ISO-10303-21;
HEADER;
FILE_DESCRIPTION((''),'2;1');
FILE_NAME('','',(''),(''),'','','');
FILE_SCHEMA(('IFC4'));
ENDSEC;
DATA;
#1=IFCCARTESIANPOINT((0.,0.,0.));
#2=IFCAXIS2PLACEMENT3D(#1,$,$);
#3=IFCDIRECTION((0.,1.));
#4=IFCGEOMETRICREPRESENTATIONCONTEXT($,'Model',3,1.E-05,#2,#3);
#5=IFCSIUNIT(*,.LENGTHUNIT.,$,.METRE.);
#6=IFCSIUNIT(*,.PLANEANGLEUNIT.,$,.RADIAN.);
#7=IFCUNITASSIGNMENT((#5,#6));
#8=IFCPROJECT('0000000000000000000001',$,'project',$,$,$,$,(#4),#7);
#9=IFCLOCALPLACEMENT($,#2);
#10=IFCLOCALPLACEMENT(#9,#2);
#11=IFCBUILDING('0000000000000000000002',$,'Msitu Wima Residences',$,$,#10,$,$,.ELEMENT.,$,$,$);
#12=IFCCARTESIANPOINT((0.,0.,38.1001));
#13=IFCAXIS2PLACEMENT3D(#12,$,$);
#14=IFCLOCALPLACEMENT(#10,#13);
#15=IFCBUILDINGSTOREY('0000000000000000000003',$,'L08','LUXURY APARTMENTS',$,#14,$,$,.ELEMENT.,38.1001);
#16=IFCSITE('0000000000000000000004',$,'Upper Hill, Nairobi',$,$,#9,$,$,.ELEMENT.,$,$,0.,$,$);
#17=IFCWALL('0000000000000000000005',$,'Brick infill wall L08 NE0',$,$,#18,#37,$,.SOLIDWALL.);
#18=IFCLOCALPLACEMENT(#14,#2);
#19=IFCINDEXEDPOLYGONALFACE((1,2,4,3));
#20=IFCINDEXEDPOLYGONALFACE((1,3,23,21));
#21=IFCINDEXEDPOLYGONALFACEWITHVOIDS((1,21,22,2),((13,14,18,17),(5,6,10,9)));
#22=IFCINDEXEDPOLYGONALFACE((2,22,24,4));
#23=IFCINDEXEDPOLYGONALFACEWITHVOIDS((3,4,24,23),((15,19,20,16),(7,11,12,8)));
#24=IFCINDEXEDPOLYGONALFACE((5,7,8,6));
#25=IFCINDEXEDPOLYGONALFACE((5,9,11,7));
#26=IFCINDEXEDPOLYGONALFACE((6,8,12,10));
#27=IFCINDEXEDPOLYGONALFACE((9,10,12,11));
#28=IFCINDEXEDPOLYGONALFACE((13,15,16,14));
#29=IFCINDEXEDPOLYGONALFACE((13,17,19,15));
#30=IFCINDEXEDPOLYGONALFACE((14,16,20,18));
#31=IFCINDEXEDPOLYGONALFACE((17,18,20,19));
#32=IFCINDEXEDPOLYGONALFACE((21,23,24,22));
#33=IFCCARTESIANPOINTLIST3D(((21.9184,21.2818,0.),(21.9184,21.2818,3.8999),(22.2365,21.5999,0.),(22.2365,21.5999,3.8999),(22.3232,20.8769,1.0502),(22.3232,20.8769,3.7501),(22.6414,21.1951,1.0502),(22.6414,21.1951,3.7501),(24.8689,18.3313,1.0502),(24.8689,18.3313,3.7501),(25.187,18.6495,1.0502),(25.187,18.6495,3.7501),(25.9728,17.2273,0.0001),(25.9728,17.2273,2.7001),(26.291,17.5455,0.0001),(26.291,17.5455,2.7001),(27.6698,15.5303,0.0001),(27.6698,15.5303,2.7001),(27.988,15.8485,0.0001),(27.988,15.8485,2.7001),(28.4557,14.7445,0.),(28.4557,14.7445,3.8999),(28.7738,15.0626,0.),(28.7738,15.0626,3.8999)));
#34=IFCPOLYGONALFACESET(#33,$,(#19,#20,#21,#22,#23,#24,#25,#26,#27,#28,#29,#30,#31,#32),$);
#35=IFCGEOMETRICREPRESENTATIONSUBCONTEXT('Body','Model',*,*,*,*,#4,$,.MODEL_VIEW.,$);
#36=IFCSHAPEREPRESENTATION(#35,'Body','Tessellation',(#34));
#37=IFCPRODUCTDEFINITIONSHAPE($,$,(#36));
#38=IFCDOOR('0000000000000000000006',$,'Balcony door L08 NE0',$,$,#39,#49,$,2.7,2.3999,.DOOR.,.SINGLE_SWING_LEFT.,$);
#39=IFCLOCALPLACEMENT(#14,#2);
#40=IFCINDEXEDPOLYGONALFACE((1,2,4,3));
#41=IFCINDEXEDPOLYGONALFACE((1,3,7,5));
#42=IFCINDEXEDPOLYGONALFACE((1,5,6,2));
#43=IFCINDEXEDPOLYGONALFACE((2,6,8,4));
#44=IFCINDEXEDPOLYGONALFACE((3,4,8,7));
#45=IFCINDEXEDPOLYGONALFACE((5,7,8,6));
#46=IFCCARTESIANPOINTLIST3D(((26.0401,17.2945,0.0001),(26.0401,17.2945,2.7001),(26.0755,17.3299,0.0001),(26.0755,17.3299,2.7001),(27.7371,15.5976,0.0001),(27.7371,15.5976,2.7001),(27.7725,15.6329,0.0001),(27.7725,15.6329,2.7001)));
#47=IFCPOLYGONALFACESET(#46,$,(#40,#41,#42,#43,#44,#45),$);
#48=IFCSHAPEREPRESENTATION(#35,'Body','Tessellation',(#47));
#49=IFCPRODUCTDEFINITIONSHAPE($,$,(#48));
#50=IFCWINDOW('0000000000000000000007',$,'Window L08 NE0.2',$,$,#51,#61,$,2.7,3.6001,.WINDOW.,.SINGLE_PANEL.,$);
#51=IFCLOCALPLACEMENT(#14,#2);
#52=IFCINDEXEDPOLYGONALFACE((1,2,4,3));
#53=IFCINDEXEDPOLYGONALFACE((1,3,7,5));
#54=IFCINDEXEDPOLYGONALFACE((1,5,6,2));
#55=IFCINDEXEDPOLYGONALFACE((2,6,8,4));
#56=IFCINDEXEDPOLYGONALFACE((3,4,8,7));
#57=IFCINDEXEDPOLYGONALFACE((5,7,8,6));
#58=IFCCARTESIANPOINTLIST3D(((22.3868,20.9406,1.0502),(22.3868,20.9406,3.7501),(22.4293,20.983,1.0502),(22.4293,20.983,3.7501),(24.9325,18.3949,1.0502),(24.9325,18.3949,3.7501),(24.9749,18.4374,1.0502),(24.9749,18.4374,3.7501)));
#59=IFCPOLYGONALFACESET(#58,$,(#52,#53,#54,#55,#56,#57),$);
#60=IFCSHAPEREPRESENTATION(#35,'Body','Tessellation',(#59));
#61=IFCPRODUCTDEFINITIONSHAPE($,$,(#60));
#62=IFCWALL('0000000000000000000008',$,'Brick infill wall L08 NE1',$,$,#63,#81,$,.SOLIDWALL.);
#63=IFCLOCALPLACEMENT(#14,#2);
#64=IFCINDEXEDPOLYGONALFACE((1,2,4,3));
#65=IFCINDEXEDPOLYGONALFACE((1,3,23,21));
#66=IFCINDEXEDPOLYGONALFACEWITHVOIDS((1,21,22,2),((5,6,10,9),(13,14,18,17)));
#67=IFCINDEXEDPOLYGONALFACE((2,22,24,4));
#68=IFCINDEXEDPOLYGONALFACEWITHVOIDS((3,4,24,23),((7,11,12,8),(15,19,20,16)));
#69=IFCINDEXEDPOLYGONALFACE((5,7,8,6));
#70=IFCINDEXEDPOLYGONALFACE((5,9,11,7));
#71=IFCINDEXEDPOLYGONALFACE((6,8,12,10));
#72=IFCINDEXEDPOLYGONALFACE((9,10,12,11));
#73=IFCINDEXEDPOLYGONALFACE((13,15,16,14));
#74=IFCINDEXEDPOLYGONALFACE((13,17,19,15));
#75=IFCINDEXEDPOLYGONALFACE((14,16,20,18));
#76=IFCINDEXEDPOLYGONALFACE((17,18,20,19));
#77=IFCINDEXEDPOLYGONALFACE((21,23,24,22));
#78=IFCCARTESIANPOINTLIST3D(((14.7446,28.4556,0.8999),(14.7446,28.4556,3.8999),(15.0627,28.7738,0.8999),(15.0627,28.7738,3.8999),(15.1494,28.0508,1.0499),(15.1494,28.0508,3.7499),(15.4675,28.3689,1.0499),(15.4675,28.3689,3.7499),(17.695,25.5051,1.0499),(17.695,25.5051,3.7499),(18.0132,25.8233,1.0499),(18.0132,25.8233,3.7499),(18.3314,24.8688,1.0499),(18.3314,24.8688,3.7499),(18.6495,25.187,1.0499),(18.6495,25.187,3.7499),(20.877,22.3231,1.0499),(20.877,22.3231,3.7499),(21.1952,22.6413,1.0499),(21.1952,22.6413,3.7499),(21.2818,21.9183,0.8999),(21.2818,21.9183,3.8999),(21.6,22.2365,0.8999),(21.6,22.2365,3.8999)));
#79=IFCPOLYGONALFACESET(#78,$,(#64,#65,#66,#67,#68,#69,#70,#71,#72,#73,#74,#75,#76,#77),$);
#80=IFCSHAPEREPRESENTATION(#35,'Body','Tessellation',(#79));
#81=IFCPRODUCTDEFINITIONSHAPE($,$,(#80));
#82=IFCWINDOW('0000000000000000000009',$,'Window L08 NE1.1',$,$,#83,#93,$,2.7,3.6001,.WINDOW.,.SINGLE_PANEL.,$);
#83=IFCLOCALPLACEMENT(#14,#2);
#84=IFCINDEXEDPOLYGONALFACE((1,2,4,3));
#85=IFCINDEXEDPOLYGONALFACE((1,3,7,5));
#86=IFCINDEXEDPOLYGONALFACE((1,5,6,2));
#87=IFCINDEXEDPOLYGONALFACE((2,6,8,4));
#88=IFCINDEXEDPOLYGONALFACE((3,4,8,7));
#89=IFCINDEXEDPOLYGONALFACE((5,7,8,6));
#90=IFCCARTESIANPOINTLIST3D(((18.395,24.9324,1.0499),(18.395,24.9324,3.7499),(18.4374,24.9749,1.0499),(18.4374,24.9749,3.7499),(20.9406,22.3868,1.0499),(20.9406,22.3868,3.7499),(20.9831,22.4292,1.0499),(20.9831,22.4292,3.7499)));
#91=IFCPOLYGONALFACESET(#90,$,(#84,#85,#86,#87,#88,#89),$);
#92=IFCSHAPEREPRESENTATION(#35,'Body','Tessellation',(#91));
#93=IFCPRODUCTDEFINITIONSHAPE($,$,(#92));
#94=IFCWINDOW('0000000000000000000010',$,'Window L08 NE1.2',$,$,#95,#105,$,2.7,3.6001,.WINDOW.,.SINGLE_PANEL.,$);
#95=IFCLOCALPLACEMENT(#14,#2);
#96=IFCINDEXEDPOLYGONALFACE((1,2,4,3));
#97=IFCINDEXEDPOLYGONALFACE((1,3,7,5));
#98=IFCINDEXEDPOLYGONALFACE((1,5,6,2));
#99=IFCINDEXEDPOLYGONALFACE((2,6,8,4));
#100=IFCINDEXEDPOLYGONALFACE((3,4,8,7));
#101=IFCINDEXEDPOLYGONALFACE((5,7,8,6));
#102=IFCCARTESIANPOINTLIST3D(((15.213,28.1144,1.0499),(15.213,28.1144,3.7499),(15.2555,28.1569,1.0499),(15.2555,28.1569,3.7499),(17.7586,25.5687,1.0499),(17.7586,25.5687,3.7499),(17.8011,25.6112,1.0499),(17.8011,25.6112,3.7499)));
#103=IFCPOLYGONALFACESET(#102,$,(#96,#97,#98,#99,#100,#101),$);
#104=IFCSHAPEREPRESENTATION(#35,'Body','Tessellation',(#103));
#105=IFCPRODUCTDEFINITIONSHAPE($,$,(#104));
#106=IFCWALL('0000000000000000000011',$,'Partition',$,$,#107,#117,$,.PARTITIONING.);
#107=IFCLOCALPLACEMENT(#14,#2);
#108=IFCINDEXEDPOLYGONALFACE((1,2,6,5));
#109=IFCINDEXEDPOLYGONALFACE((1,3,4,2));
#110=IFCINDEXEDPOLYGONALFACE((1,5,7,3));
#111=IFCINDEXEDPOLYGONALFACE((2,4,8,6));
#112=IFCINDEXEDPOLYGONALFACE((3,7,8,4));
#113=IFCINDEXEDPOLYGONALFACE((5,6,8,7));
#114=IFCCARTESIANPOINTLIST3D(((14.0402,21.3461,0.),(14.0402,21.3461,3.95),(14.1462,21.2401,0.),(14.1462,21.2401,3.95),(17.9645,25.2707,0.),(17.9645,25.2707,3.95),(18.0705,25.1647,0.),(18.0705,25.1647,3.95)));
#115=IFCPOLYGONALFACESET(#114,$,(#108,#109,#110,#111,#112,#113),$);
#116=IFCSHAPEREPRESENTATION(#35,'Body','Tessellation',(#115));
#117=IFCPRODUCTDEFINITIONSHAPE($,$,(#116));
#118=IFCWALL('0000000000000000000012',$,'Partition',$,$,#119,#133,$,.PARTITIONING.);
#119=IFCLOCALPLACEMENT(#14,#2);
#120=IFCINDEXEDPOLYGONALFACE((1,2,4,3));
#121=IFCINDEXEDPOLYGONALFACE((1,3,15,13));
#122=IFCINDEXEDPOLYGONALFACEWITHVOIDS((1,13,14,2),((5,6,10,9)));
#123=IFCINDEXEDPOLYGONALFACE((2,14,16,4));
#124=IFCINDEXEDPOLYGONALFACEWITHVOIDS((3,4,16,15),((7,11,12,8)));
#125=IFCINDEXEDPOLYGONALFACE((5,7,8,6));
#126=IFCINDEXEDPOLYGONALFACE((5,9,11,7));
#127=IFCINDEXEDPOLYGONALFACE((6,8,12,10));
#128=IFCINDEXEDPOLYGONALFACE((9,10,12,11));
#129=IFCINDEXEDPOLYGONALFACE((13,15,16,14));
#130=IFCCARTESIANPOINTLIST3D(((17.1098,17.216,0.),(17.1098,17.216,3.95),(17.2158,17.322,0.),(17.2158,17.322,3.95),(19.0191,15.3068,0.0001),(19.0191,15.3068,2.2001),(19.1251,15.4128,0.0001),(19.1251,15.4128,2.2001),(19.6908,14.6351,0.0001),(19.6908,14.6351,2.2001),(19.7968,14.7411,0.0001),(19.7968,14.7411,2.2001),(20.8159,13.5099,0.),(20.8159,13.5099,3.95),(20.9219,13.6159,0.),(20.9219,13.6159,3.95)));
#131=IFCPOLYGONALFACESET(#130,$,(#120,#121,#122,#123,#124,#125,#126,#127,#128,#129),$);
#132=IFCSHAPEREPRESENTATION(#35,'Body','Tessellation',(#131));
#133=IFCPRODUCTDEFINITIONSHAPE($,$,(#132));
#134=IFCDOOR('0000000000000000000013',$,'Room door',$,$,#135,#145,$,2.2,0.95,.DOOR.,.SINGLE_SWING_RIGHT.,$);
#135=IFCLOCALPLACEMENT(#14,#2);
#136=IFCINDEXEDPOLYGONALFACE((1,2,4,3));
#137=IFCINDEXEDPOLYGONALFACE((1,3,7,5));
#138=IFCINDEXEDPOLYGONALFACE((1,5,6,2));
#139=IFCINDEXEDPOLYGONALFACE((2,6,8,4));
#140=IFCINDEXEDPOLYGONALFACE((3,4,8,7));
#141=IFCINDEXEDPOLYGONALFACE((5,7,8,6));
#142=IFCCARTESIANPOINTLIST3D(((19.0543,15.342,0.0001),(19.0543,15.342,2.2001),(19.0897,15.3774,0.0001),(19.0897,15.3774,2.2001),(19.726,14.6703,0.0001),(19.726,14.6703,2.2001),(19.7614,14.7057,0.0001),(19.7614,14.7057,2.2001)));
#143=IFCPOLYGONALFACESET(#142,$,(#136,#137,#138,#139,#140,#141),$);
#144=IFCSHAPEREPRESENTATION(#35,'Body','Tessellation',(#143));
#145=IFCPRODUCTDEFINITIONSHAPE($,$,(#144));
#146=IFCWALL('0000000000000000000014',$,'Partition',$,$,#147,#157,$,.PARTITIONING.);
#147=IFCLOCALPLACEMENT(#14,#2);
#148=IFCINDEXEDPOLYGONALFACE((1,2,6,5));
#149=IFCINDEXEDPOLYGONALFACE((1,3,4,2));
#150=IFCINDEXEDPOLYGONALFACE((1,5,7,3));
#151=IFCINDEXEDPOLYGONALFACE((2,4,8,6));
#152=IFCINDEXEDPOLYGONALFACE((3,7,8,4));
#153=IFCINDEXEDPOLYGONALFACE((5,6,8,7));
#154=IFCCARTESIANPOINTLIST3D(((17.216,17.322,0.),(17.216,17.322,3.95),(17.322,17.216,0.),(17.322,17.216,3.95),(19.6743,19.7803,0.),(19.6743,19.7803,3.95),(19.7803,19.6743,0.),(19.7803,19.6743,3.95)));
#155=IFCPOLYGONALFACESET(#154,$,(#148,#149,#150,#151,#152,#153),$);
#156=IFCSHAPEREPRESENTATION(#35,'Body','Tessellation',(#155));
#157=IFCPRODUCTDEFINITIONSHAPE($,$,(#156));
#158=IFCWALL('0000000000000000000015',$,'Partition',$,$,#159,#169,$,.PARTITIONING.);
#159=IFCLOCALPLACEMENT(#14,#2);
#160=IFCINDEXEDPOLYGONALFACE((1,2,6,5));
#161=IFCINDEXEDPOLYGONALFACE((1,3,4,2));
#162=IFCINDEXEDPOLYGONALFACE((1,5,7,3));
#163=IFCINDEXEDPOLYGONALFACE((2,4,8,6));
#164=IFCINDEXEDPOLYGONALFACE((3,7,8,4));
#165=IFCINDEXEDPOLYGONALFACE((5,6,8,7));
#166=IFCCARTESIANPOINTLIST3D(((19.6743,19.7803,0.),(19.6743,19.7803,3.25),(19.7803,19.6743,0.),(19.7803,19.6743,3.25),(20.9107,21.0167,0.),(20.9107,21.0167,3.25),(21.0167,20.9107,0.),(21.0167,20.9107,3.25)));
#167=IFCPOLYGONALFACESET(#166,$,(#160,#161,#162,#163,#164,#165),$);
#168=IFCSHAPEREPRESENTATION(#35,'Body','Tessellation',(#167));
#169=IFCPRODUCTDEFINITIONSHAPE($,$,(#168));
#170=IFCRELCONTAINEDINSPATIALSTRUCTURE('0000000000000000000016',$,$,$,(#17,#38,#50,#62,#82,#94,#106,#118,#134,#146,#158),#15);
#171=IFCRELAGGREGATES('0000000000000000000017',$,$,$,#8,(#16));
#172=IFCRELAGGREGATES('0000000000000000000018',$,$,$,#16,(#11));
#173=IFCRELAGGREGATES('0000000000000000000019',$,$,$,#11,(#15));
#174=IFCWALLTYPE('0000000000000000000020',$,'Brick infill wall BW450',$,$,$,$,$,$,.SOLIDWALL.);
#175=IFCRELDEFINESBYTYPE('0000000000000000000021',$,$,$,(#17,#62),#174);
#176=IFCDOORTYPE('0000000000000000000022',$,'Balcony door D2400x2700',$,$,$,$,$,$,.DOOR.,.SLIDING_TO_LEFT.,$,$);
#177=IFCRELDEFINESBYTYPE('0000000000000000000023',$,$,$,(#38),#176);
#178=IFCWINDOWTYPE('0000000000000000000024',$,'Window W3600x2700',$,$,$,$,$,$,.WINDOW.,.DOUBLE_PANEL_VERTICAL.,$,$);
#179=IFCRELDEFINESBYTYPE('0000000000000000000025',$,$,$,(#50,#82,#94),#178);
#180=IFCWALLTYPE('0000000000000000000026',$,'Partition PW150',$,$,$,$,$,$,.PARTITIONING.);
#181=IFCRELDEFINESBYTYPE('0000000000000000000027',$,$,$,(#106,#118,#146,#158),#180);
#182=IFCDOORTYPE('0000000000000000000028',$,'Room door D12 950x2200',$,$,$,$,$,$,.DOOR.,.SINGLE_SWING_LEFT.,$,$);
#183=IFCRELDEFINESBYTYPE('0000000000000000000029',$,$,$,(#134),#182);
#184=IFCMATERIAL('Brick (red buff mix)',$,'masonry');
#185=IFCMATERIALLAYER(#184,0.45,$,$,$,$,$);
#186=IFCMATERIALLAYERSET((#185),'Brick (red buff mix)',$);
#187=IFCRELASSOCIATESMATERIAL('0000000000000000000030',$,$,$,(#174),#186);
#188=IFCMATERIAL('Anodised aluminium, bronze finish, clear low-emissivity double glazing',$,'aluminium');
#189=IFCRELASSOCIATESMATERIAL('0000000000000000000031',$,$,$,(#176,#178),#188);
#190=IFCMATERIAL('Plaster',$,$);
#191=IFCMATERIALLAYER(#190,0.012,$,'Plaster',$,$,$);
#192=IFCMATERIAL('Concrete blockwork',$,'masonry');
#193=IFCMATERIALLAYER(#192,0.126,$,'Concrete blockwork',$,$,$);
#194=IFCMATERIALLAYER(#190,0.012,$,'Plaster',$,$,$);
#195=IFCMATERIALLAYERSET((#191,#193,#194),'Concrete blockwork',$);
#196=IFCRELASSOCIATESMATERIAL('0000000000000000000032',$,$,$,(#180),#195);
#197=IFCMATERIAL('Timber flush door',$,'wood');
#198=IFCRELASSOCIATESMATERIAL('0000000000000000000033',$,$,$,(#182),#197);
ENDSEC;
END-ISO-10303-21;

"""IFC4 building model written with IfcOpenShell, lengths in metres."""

from ifc_helpers import new_model, si_unit, direction, frame, frame_2d, origin, place, context, subcontext, project, spatial, rectangle, extrude, material, layer, layer_set, type_object, element, fill, save


model = new_model("IFC4")

# Units and contexts
model_context = context("Model", 3, precision=1e-05, world=origin(), true_north=direction((0.0, 1.0)))
body_context = subcontext(model_context, "Body", "Model", "MODEL_VIEW")
ifc_project = project(units=[si_unit("LENGTHUNIT", "METRE"), si_unit("PLANEANGLEUNIT", "RADIAN")], contexts=[model_context])

# Site, building, storey
site_placement = place(None, origin())
site = spatial("IfcSite", under=ifc_project, at=site_placement, Name="Upper Hill, Nairobi", CompositionType="ELEMENT", RefElevation=0.0)
building_placement = place(site_placement, origin())
building = spatial("IfcBuilding", under=site, at=building_placement, Name="Msitu Wima Residences", CompositionType="ELEMENT")
storey_placement = place(building_placement, frame((0.0, 0.0, 38.1001)))
storey = spatial("IfcBuildingStorey", under=building, at=storey_placement, Name="L08", Description="LUXURY APARTMENTS", CompositionType="ELEMENT", Elevation=38.1001)

# Wall, openings, door, window
ifc_material_1 = material(Name="Brick (red buff mix)", Category="masonry")
ifc_layer_1 = layer(ifc_material_1, 0.45)
ifc_layer_set_1 = layer_set([ifc_layer_1], Name="Brick (red buff mix)")
wall_type_1 = type_object("IfcWallType", Name="Brick infill wall BW450", PredefinedType="SOLIDWALL", material=ifc_layer_set_1)
wall_1_placement = place(storey_placement, frame((28.6147, 14.9036, 0.0), z_axis=(0.0, 0.0, 1.0), x_axis=(-0.707107, 0.707107, 0.0)))
wall_1 = element("IfcWall", 1, at=wall_1_placement, inside=storey, type_object=wall_type_1, Name="Brick infill wall L08 NE0", PredefinedType="SOLIDWALL", context=body_context, shape_type="SweptSolid", body=[
    extrude(rectangle(XDim=9.2451, YDim=0.45, at=frame_2d((4.6226, 0.0))), origin(), (0.0, 0.0, 1.0), 3.8999),
])
opening_1_placement = place(wall_1_placement, frame((1.1113, 0.0, 0.0)))
opening_1 = element("IfcOpeningElement", 2, at=opening_1_placement, cuts=wall_1, PredefinedType="OPENING", context=body_context, shape_type="SweptSolid", body=[
    extrude(rectangle(XDim=2.3999, YDim=2.7, at=frame_2d((1.2, 1.3501))), frame((0.0, 0.2349, 0.0), z_axis=(0.0, -1.0, 0.0), x_axis=(1.0, 0.0, 0.0)), (0.0, 0.0, 1.0), 0.47),
])
opening_2_placement = place(wall_1_placement, frame((5.0725, 0.0, 1.05)))
opening_2 = element("IfcOpeningElement", 3, at=opening_2_placement, cuts=wall_1, PredefinedType="OPENING", context=body_context, shape_type="SweptSolid", body=[
    extrude(rectangle(XDim=3.6001, YDim=2.7, at=frame_2d((1.8, 1.3501))), frame((0.0, 0.2349, 0.0), z_axis=(0.0, -1.0, 0.0), x_axis=(1.0, 0.0, 0.0)), (0.0, 0.0, 1.0), 0.47),
])
ifc_material_2 = material(Name="Anodised aluminium, bronze finish, clear low-emissivity double glazing", Category="aluminium")
door_type_1 = type_object("IfcDoorType", Name="Balcony door D2400x2700", OperationType="SLIDING_TO_LEFT", PredefinedType="DOOR", material=ifc_material_2)
door_1_placement = place(opening_1_placement, origin())
door_1 = element("IfcDoor", 4, at=door_1_placement, inside=storey, type_object=door_type_1, Name="Balcony door L08 NE0", OperationType="SINGLE_SWING_LEFT", OverallHeight=2.7, OverallWidth=2.3999, PredefinedType="DOOR", context=body_context, shape_type="SweptSolid", body=[
    extrude(rectangle(XDim=2.3999, YDim=2.7, at=frame_2d((1.2, 1.3501))), frame((0.0, 0.1299, 0.0), z_axis=(0.0, -1.0, 0.0), x_axis=(1.0, 0.0, 0.0)), (0.0, 0.0, 1.0), 0.05),
])
fill(opening_1, door_1)
window_type = type_object("IfcWindowType", Name="Window W3600x2700", PartitioningType="DOUBLE_PANEL_VERTICAL", PredefinedType="WINDOW", material=ifc_material_2)
window_1_placement = place(opening_2_placement, origin())
window_1 = element("IfcWindow", 5, at=window_1_placement, inside=storey, type_object=window_type, Name="Window L08 NE0.2", OverallHeight=2.7, OverallWidth=3.6001, PartitioningType="SINGLE_PANEL", PredefinedType="WINDOW", context=body_context, shape_type="SweptSolid", body=[
    extrude(rectangle(XDim=3.6001, YDim=2.7, at=frame_2d((1.8, 1.3501))), frame((0.0, 0.135, 0.0), z_axis=(0.0, -1.0, 0.0), x_axis=(1.0, 0.0, 0.0)), (0.0, 0.0, 1.0), 0.0601),
])
fill(opening_2, window_1)

# Wall, openings, windows
wall_2_placement = place(storey_placement, frame((21.4409, 22.0774, 0.8999), z_axis=(0.0, 0.0, 1.0), x_axis=(-0.707107, 0.707107, 0.0)))
wall_2 = element("IfcWall", 6, at=wall_2_placement, inside=storey, type_object=wall_type_1, Name="Brick infill wall L08 NE1", PredefinedType="SOLIDWALL", context=body_context, shape_type="SweptSolid", body=[
    extrude(rectangle(XDim=9.2451, YDim=0.45, at=frame_2d((4.6226, 0.0))), origin(), (0.0, 0.0, 1.0), 3.0),
])
opening_3_placement = place(wall_2_placement, frame((0.5725, 0.0, 0.1499)))
opening_3 = element("IfcOpeningElement", 7, at=opening_3_placement, cuts=wall_2, PredefinedType="OPENING", context=body_context, shape_type="SweptSolid", body=[
    extrude(rectangle(XDim=3.6001, YDim=2.7, at=frame_2d((1.8, 1.3501))), frame((0.0, 0.2349, 0.0), z_axis=(0.0, -1.0, 0.0), x_axis=(1.0, 0.0, 0.0)), (0.0, 0.0, 1.0), 0.47),
])
opening_4_placement = place(wall_2_placement, frame((5.0725, 0.0, 0.1499)))
opening_4 = element("IfcOpeningElement", 8, at=opening_4_placement, cuts=wall_2, PredefinedType="OPENING", context=body_context, shape_type="SweptSolid", body=[
    extrude(rectangle(XDim=3.6001, YDim=2.7, at=frame_2d((1.8, 1.3501))), frame((0.0, 0.2349, 0.0), z_axis=(0.0, -1.0, 0.0), x_axis=(1.0, 0.0, 0.0)), (0.0, 0.0, 1.0), 0.47),
])
window_2_placement = place(opening_3_placement, origin())
window_2 = element("IfcWindow", 9, at=window_2_placement, inside=storey, type_object=window_type, Name="Window L08 NE1.1", OverallHeight=2.7, OverallWidth=3.6001, PartitioningType="SINGLE_PANEL", PredefinedType="WINDOW", context=body_context, shape_type="SweptSolid", body=[
    extrude(rectangle(XDim=3.6001, YDim=2.7, at=frame_2d((1.8, 1.3501))), frame((0.0, 0.135, 0.0), z_axis=(0.0, -1.0, 0.0), x_axis=(1.0, 0.0, 0.0)), (0.0, 0.0, 1.0), 0.0601),
])
fill(opening_3, window_2)
window_3_placement = place(opening_4_placement, origin())
window_3 = element("IfcWindow", 10, at=window_3_placement, inside=storey, type_object=window_type, Name="Window L08 NE1.2", OverallHeight=2.7, OverallWidth=3.6001, PartitioningType="SINGLE_PANEL", PredefinedType="WINDOW", context=body_context, shape_type="SweptSolid", body=[
    extrude(rectangle(XDim=3.6001, YDim=2.7, at=frame_2d((1.8, 1.3501))), frame((0.0, 0.135, 0.0), z_axis=(0.0, -1.0, 0.0), x_axis=(1.0, 0.0, 0.0)), (0.0, 0.0, 1.0), 0.0601),
])
fill(opening_4, window_3)

# Wall
ifc_material_3 = material(Name="Plaster")
ifc_layer_2 = layer(ifc_material_3, 0.012, Name="Plaster")
ifc_material_4 = material(Name="Concrete blockwork", Category="masonry")
ifc_layer_3 = layer(ifc_material_4, 0.126, Name="Concrete blockwork")
ifc_layer_4 = layer(ifc_material_3, 0.012, Name="Plaster")
ifc_layer_set_2 = layer_set([ifc_layer_2, ifc_layer_3, ifc_layer_4], Name="Concrete blockwork")
wall_type_2 = type_object("IfcWallType", Name="Partition PW150", PredefinedType="PARTITIONING", material=ifc_layer_set_2)
wall_3_placement = place(storey_placement, frame((14.0933, 21.2932, 0.0), z_axis=(0.0, 0.0, 1.0), x_axis=(0.707085, 0.707129, 0.0)))
element("IfcWall", 11, at=wall_3_placement, inside=storey, type_object=wall_type_2, Name="Partition", PredefinedType="PARTITIONING", context=body_context, shape_type="SweptSolid", body=[
    extrude(rectangle(XDim=5.55, YDim=0.1499, at=frame_2d((2.7749, 0.0))), origin(), (0.0, 0.0, 1.0), 3.95),
])

# Wall, opening, door
wall_4_placement = place(storey_placement, frame((17.1628, 17.269, 0.0), z_axis=(0.0, 0.0, 1.0), x_axis=(0.707107, -0.707107, 0.0)))
wall_4 = element("IfcWall", 12, at=wall_4_placement, inside=storey, type_object=wall_type_2, Name="Partition", PredefinedType="PARTITIONING", context=body_context, shape_type="SweptSolid", body=[
    extrude(rectangle(XDim=5.2412, YDim=0.1499, at=frame_2d((2.6206, 0.0))), origin(), (0.0, 0.0, 1.0), 3.95),
])
opening_5_placement = place(wall_4_placement, frame((2.7, 0.0, 0.0)))
opening_5 = element("IfcOpeningElement", 13, at=opening_5_placement, cuts=wall_4, PredefinedType="OPENING", context=body_context, shape_type="SweptSolid", body=[
    extrude(rectangle(XDim=0.95, YDim=2.2, at=frame_2d((0.4751, 1.1001))), frame((0.0, 0.085, 0.0), z_axis=(0.0, -1.0, 0.0), x_axis=(1.0, 0.0, 0.0)), (0.0, 0.0, 1.0), 0.1699),
])
ifc_material_5 = material(Name="Timber flush door", Category="wood")
door_type_2 = type_object("IfcDoorType", Name="Room door D12 950x2200", OperationType="SINGLE_SWING_LEFT", PredefinedType="DOOR", material=ifc_material_5)
door_2_placement = place(opening_5_placement, origin())
door_2 = element("IfcDoor", 14, at=door_2_placement, inside=storey, type_object=door_type_2, Name="Room door", OperationType="SINGLE_SWING_RIGHT", OverallHeight=2.2, OverallWidth=0.95, PredefinedType="DOOR", context=body_context, shape_type="SweptSolid", body=[
    extrude(rectangle(XDim=0.95, YDim=2.2, at=frame_2d((0.4751, 1.1001))), frame((0.0, 0.0249, 0.0), z_axis=(0.0, -1.0, 0.0), x_axis=(1.0, 0.0, 0.0)), (0.0, 0.0, 1.0), 0.05),
])
fill(opening_5, door_2)

# Walls
wall_5_placement = place(storey_placement, frame((17.269, 17.269, 0.0), z_axis=(0.0, 0.0, 1.0), x_axis=(0.707107, 0.707107, 0.0)))
element("IfcWall", 15, at=wall_5_placement, inside=storey, type_object=wall_type_2, Name="Partition", PredefinedType="PARTITIONING", context=body_context, shape_type="SweptSolid", body=[
    extrude(rectangle(XDim=3.4766, YDim=0.1499, at=frame_2d((1.7383, 0.0))), origin(), (0.0, 0.0, 1.0), 3.95),
])
wall_6_placement = place(storey_placement, frame((19.7273, 19.7273, 0.0), z_axis=(0.0, 0.0, 1.0), x_axis=(0.707107, 0.707107, 0.0)))
element("IfcWall", 16, at=wall_6_placement, inside=storey, type_object=wall_type_2, Name="Partition", PredefinedType="PARTITIONING", context=body_context, shape_type="SweptSolid", body=[
    extrude(rectangle(XDim=1.7485, YDim=0.1499, at=frame_2d((0.8743, 0.0))), origin(), (0.0, 0.0, 1.0), 3.25),
])

save(model, "model.ifc")
